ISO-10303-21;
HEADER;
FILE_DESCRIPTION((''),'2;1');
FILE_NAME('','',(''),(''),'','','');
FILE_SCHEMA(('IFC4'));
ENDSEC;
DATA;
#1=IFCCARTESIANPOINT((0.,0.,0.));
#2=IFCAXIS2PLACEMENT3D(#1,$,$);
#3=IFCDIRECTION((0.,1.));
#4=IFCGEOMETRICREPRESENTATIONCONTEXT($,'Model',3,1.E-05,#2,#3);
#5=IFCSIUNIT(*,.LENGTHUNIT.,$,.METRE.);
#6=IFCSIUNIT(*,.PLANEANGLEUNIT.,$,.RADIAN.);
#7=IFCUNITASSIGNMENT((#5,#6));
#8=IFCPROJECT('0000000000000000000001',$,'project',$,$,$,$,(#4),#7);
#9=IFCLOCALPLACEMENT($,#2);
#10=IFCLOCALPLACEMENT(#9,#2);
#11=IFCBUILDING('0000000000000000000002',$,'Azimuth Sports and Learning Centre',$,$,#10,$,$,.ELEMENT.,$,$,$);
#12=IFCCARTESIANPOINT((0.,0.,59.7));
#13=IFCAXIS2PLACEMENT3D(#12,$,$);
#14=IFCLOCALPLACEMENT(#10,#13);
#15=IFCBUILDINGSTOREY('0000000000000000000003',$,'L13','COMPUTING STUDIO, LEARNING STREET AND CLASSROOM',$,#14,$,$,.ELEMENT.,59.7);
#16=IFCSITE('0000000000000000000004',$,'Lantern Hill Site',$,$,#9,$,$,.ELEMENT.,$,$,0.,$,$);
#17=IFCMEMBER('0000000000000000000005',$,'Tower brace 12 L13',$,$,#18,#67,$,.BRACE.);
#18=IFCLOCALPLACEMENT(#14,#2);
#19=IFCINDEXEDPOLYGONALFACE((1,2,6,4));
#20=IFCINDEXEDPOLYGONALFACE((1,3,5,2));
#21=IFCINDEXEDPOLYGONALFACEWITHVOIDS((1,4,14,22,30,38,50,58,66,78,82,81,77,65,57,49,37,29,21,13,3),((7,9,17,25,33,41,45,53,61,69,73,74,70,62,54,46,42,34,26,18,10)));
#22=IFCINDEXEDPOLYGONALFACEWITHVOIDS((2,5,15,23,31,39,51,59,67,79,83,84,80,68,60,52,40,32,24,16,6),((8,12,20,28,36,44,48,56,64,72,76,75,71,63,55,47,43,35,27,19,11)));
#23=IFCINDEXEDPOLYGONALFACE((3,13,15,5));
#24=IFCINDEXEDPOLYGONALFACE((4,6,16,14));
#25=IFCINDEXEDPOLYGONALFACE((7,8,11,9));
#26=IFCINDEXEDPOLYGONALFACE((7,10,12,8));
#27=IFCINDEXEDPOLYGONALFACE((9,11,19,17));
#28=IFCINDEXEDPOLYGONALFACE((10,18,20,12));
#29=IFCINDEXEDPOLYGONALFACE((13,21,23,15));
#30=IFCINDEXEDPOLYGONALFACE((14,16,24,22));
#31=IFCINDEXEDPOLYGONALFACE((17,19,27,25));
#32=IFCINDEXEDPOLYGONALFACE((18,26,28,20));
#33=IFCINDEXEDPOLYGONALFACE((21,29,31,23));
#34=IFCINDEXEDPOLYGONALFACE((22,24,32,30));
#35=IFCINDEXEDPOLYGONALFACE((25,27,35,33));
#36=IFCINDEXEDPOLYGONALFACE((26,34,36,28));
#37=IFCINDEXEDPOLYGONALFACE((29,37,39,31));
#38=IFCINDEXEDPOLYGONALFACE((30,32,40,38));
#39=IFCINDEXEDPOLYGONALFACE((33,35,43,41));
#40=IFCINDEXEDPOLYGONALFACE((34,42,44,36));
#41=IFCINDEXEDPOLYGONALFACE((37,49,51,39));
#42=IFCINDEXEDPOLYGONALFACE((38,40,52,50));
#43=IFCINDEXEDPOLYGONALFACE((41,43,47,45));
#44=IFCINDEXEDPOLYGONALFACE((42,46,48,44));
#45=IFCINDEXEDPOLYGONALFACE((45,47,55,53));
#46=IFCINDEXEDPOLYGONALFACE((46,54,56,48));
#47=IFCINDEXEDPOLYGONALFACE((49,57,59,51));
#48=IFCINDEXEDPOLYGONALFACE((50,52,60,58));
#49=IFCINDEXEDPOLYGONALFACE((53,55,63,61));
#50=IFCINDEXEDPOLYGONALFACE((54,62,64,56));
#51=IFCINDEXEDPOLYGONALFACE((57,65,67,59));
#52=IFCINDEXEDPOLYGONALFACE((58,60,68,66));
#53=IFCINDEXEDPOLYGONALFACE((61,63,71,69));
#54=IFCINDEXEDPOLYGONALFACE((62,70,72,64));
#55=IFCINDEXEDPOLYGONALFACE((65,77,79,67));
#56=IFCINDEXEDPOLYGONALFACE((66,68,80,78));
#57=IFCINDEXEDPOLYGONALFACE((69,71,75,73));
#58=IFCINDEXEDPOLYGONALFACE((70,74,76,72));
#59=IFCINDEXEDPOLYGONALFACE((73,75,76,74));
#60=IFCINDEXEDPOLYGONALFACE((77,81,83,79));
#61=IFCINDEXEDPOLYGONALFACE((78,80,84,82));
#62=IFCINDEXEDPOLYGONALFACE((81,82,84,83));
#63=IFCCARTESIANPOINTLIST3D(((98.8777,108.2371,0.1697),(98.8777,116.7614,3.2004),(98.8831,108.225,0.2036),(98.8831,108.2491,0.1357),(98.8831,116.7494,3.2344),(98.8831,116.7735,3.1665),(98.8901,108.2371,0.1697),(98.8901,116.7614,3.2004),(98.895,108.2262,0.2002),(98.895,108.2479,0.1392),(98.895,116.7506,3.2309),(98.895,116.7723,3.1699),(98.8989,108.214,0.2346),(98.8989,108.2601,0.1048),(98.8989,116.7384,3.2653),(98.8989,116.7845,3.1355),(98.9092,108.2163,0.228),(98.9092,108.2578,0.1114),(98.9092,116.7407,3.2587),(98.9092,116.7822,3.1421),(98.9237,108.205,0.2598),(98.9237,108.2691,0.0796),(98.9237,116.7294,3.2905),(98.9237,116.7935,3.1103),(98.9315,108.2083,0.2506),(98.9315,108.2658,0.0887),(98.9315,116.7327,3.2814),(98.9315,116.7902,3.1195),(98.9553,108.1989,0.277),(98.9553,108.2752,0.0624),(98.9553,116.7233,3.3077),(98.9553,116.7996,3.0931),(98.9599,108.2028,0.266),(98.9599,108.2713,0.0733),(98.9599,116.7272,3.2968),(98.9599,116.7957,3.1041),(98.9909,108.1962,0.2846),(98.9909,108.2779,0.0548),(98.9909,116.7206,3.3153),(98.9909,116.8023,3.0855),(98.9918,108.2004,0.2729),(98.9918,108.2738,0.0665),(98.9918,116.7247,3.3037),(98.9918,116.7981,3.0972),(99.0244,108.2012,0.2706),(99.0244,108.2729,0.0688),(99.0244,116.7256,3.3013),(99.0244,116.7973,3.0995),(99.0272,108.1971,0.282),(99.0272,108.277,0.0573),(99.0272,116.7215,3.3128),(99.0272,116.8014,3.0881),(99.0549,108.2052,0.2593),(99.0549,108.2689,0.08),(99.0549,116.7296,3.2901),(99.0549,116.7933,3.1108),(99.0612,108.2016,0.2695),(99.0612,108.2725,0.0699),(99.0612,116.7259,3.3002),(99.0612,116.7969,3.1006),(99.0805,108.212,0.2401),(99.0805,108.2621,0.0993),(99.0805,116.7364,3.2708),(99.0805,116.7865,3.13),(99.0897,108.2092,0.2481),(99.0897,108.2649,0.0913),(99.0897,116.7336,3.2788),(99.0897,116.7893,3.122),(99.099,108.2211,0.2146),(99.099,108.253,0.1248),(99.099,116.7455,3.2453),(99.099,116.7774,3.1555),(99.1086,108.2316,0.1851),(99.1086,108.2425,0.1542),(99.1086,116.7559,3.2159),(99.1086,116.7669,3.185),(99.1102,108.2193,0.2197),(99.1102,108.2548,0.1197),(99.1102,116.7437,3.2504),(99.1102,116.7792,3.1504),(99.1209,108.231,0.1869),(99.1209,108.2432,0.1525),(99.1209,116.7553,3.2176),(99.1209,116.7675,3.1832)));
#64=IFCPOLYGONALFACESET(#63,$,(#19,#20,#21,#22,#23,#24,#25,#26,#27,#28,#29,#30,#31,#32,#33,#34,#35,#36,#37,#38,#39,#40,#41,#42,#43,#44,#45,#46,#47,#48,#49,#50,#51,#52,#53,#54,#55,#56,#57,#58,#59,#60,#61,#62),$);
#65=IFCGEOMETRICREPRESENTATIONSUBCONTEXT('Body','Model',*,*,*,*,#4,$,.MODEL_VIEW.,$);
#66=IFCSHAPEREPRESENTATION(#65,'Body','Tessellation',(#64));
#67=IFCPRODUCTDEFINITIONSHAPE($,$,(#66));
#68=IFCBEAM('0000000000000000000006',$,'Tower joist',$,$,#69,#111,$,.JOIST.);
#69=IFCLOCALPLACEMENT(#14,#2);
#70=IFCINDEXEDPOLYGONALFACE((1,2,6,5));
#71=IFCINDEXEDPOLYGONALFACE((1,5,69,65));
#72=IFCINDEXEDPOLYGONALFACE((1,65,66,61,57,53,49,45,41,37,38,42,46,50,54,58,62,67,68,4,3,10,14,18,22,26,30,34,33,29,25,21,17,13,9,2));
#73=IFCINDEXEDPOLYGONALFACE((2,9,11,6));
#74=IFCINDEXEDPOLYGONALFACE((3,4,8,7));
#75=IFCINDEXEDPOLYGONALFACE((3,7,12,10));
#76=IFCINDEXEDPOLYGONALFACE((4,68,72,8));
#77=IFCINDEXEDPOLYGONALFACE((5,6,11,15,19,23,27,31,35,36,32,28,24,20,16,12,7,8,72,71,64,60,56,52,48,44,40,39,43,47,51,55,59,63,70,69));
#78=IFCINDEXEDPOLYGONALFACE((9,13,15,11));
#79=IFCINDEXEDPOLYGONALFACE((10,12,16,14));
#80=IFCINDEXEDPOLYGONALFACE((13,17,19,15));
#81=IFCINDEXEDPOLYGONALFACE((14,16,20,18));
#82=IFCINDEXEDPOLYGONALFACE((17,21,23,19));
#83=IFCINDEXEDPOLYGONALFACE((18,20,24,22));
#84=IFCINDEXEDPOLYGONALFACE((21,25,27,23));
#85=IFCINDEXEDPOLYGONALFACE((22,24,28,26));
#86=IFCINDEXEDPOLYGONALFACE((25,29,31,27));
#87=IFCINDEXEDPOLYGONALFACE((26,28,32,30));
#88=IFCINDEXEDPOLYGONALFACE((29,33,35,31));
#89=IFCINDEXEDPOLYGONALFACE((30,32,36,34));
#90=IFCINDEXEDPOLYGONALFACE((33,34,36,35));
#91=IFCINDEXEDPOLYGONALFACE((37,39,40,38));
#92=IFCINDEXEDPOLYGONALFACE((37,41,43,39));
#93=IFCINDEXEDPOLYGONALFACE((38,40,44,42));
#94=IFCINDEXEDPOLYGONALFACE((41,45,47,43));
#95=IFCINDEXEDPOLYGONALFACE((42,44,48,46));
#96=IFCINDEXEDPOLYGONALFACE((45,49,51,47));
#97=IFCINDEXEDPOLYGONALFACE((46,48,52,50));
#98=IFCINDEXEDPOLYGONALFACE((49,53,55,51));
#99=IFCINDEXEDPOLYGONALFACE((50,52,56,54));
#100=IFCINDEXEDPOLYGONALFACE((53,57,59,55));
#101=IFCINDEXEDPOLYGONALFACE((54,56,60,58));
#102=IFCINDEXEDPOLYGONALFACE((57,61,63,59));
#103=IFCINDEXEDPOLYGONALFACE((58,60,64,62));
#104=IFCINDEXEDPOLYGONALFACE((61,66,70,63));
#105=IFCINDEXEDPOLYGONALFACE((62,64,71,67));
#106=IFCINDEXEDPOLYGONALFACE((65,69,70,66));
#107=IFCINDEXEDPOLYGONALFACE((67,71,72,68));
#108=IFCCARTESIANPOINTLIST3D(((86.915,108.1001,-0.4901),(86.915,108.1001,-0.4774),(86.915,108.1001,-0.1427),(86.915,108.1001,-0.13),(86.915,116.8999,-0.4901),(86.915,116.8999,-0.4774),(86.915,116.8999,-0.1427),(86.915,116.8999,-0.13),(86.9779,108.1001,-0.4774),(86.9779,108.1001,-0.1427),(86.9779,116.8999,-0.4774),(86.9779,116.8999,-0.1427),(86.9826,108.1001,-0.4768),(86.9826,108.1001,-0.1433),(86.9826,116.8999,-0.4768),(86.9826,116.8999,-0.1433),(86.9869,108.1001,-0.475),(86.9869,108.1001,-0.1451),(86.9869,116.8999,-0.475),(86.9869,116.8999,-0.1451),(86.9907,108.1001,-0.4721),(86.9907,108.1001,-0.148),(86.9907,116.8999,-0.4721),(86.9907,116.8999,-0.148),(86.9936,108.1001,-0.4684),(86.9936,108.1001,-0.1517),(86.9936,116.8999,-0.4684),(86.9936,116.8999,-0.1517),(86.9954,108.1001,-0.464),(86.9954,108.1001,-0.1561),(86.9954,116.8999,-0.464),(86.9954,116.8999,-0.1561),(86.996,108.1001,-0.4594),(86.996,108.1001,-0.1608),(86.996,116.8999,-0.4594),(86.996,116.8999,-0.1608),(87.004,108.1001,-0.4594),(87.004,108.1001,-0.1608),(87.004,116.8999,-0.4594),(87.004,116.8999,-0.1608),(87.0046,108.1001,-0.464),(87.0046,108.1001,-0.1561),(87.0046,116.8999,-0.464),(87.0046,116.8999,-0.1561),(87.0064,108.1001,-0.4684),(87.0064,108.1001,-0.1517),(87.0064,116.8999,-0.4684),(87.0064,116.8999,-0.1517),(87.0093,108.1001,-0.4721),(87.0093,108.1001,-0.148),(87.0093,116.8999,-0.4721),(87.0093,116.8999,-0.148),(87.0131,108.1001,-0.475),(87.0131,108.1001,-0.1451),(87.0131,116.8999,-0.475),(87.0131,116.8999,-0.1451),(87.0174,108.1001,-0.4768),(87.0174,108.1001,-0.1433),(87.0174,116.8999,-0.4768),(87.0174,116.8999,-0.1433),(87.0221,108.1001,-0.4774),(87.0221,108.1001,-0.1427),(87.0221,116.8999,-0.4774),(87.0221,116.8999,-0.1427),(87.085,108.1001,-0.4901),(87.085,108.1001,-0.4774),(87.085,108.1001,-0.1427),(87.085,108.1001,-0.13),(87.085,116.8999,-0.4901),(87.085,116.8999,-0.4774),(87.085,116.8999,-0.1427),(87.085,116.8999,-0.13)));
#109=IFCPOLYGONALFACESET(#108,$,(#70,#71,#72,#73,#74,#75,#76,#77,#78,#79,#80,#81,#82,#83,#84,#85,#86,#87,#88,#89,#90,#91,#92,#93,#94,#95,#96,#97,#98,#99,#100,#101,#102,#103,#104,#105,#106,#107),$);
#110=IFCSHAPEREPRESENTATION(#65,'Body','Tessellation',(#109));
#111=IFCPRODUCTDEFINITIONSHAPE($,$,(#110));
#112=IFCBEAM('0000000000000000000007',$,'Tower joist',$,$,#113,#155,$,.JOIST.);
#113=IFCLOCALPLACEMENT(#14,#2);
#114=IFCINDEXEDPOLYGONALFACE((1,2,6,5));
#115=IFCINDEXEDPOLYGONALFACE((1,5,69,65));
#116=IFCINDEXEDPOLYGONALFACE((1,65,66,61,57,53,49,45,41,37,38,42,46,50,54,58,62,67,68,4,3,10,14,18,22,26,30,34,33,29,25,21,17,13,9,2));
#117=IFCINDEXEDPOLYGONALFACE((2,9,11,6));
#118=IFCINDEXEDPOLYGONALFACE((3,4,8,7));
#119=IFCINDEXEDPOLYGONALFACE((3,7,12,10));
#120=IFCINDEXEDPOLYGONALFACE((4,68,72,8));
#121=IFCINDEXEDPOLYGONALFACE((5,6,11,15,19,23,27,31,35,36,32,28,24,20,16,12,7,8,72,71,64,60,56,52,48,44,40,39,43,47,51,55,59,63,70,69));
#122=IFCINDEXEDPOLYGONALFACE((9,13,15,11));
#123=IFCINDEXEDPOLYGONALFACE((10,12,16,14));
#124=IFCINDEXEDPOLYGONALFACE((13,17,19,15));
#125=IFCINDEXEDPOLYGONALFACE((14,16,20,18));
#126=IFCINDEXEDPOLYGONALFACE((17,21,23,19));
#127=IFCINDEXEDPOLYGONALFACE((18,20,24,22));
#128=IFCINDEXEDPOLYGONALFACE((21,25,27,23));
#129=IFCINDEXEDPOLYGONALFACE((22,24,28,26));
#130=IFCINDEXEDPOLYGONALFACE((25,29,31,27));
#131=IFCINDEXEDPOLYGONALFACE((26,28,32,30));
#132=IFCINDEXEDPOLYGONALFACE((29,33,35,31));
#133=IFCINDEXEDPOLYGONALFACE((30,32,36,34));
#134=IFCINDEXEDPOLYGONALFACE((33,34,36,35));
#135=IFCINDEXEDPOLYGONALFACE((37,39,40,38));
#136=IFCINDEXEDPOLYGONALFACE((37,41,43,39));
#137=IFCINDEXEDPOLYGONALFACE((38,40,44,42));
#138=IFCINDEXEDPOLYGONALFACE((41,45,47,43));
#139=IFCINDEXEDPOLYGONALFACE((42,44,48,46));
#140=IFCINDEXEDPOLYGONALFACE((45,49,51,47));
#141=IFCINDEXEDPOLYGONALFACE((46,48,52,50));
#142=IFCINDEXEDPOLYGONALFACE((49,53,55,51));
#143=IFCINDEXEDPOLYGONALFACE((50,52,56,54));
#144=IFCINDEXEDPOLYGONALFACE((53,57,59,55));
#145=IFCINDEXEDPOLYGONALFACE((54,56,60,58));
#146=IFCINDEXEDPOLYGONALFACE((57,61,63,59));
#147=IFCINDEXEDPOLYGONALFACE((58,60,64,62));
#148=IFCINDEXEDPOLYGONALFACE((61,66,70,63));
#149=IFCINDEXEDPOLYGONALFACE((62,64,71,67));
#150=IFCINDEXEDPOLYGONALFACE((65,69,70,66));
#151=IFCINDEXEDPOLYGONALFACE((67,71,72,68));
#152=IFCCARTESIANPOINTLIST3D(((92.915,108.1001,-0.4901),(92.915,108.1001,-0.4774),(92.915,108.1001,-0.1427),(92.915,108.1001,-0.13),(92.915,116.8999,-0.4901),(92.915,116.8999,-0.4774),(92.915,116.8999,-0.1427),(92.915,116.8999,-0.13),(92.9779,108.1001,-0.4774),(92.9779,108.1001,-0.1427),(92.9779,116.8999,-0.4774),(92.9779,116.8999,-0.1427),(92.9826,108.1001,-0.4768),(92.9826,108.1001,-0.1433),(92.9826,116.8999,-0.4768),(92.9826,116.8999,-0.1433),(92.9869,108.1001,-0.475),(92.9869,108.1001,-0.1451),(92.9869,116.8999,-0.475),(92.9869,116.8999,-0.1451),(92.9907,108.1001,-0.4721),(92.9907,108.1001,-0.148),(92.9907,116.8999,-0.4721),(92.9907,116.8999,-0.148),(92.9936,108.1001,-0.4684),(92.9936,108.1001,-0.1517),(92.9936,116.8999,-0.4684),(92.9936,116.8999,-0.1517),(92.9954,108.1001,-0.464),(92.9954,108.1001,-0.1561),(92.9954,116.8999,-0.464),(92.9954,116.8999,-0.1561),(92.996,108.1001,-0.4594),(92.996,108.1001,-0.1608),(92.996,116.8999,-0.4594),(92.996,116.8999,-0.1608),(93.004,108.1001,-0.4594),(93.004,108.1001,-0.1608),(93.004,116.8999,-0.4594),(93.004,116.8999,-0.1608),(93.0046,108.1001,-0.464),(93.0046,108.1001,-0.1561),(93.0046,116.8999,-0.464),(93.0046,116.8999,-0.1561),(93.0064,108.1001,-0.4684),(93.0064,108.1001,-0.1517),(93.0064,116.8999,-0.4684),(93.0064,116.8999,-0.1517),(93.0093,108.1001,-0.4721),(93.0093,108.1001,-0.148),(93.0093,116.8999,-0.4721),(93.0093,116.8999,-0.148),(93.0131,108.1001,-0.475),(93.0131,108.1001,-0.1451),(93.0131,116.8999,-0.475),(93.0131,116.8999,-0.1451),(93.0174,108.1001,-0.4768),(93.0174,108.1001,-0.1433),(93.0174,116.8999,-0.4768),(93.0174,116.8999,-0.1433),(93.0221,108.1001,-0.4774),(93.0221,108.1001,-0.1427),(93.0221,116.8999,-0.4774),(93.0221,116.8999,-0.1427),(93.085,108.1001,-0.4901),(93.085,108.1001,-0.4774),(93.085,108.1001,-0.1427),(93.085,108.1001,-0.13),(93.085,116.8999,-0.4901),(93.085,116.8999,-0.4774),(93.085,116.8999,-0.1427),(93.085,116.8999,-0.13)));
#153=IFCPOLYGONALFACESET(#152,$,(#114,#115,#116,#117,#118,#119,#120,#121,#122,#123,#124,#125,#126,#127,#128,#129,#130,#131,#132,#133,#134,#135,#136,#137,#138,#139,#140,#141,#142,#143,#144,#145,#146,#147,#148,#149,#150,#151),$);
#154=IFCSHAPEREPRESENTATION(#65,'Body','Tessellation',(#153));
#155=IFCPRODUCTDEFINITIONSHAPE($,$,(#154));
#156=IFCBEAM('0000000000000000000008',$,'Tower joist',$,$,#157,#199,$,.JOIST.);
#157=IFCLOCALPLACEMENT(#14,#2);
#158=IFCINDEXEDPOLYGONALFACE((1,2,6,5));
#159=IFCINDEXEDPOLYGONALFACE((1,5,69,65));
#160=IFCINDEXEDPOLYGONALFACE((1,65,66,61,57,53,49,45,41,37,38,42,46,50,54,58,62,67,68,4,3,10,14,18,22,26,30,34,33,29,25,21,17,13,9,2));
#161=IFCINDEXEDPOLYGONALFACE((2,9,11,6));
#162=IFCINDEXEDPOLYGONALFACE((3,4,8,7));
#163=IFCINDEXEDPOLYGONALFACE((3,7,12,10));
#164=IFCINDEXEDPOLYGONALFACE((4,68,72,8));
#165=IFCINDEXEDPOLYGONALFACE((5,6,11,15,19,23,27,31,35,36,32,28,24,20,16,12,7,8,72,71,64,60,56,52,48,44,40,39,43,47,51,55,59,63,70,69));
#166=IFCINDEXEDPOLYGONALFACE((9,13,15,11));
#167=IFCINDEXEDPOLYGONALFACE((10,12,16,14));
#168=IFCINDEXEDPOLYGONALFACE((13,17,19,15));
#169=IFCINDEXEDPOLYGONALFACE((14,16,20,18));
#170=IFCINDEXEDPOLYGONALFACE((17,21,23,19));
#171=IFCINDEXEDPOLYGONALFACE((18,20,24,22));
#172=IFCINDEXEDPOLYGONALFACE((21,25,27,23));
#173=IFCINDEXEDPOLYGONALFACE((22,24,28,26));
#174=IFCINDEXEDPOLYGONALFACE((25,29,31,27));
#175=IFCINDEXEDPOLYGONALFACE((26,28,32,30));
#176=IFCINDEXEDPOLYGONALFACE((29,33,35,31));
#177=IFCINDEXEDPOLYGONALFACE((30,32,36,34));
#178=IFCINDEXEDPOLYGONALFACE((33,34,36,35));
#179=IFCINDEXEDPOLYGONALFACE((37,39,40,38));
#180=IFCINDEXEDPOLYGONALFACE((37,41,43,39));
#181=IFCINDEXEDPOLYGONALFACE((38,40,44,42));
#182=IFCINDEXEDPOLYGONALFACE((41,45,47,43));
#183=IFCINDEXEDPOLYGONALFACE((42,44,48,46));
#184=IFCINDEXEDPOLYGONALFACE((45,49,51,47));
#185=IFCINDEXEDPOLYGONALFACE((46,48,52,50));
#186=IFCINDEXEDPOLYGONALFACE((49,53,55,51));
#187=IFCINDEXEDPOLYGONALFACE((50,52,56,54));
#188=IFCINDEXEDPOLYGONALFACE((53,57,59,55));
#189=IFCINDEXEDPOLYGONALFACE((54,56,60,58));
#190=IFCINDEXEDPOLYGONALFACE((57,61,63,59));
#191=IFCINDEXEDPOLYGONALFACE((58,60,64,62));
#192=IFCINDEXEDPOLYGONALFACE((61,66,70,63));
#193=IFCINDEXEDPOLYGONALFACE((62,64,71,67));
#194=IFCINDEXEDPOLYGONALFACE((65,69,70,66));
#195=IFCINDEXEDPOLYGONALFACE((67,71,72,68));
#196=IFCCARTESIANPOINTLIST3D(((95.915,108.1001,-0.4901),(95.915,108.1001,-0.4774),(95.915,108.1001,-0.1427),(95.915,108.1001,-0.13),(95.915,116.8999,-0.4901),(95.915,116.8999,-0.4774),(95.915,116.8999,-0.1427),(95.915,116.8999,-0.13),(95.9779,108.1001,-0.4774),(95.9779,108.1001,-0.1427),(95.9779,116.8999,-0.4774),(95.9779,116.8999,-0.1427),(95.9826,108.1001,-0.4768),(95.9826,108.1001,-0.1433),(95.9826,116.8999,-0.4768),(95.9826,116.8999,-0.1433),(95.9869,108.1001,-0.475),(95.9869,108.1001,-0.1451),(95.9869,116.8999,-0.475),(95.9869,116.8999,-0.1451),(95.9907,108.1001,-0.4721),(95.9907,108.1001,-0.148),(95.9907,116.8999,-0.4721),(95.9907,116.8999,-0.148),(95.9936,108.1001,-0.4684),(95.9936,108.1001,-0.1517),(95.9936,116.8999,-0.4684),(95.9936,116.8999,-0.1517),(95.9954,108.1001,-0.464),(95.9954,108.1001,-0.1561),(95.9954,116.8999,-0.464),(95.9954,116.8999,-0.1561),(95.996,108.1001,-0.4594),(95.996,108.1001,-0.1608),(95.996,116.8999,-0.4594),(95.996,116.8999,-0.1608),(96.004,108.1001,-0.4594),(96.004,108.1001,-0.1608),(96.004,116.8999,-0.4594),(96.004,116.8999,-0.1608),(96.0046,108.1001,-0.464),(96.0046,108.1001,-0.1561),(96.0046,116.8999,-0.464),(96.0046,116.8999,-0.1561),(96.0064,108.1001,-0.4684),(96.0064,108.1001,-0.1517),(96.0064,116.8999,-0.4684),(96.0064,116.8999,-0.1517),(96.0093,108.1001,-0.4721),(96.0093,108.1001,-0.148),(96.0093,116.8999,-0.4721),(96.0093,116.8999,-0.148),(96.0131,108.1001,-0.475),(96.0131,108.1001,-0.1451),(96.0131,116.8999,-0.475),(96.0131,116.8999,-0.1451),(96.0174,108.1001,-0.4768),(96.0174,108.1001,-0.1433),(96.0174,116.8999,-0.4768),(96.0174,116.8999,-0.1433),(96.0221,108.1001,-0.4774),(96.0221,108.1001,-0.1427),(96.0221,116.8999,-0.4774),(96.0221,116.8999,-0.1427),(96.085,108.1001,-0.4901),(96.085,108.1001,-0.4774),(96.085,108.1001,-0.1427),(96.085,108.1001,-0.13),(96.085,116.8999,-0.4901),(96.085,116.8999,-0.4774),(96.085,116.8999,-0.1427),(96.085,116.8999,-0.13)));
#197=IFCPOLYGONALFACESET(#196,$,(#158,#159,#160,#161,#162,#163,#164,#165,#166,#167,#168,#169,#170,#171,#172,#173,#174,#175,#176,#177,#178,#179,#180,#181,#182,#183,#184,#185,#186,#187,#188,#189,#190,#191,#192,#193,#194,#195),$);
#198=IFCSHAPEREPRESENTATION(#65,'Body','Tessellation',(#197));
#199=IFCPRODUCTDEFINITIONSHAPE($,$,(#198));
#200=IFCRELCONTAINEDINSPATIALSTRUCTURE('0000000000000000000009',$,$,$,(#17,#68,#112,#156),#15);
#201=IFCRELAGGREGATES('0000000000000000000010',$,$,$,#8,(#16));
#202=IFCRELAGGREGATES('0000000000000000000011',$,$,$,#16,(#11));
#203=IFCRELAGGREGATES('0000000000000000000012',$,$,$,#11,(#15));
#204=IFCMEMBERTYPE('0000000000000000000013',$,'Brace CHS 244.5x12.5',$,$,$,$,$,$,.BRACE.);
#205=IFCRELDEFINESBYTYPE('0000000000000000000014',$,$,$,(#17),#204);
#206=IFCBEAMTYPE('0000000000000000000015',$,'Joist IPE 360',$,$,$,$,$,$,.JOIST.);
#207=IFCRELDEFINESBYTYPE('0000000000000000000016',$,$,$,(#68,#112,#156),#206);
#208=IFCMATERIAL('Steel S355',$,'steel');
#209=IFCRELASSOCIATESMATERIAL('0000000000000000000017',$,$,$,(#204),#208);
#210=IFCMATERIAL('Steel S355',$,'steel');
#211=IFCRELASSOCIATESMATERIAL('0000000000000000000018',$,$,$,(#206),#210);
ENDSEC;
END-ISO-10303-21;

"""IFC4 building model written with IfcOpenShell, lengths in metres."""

from ifc_helpers import new_model, si_unit, direction, frame, origin, origin_2d, place, context, subcontext, project, spatial, hollow_circle, i_section, extrude, material, material_profile, profile_set, type_object, element, save


model = new_model("IFC4")

# Units and contexts
model_context = context("Model", 3, precision=1e-05, world=origin(), true_north=direction((0.0, 1.0)))
body_context = subcontext(model_context, "Body", "Model", "MODEL_VIEW")
ifc_project = project(units=[si_unit("LENGTHUNIT", "METRE"), si_unit("PLANEANGLEUNIT", "RADIAN")], contexts=[model_context])

# Site, building, storey
site_placement = place(None, origin())
site = spatial("IfcSite", under=ifc_project, at=site_placement, Name="Lantern Hill Site", CompositionType="ELEMENT", RefElevation=0.0)
building_placement = place(site_placement, origin())
building = spatial("IfcBuilding", under=site, at=building_placement, Name="Azimuth Sports and Learning Centre", CompositionType="ELEMENT")
storey_placement = place(building_placement, frame((0.0, 0.0, 59.7)))
storey = spatial("IfcBuildingStorey", under=building, at=storey_placement, Name="L13", Description="COMPUTING STUDIO, LEARNING STREET AND CLASSROOM", CompositionType="ELEMENT", Elevation=59.7)

# Member
ifc_material_1 = material(Name="Steel S355", Category="steel")
ifc_material_profile_1 = material_profile(ifc_material_1, hollow_circle(Radius=0.1223, WallThickness=0.0125, at=origin_2d()), Name="CHS 244.5x12.5")
ifc_profile_set_1 = profile_set([ifc_material_profile_1], Name="Steel S355")
member_type = type_object("IfcMemberType", Name="Brace CHS 244.5x12.5", PredefinedType="BRACE", material=ifc_profile_set_1)
member_placement = place(storey_placement, frame((99.0, 108.2371, 0.1697), z_axis=(0.0, 0.94222, 0.334996), x_axis=(-1.0, 0.0, 0.0)))
element("IfcMember", 1, at=member_placement, inside=storey, type_object=member_type, Name="Tower brace 12 L13", PredefinedType="BRACE", context=body_context, shape_type="SweptSolid", body=[
    extrude(hollow_circle(Radius=0.1223, WallThickness=0.0125, at=origin_2d()), origin(), (0.0, 0.0, 1.0), 9.0471),
])

# Beams
ifc_material_2 = material(Name="Steel S355", Category="steel")
ifc_material_profile_2 = material_profile(ifc_material_2, i_section(OverallWidth=0.1699, OverallDepth=0.3601, WebThickness=0.0081, FlangeThickness=0.0127, FilletRadius=0.0181, at=origin_2d()), Name="IPE 360")
ifc_profile_set_2 = profile_set([ifc_material_profile_2], Name="Steel S355")
beam_type_1 = type_object("IfcBeamType", Name="Joist IPE 360", PredefinedType="JOIST", material=ifc_profile_set_2)
for number, where, z_axis, x_axis, name in (
    (2, (87.0, 108.1001, -0.3101), (0.0, 1.0, 0.0), (-1.0, 0.0, 0.0), "Tower joist"),
    (3, (93.0, 108.1001, -0.3101), (0.0, 1.0, 0.0), (-1.0, 0.0, 0.0), "Tower joist"),
    (4, (96.0, 108.1001, -0.3101), (0.0, 1.0, 0.0), (-1.0, 0.0, 0.0), "Tower joist"),
):
    element("IfcBeam", number, at=place(storey_placement, frame(where, z_axis=z_axis, x_axis=x_axis)), inside=storey, type_object=beam_type_1, Name=name, PredefinedType="JOIST", context=body_context, shape_type="SweptSolid", body=[
        extrude(i_section(OverallWidth=0.1699, OverallDepth=0.3601, WebThickness=0.0081, FlangeThickness=0.0127, FilletRadius=0.0181, at=origin_2d()), origin(), (0.0, 0.0, 1.0), 8.7998),
    ])

save(model, "model.ifc")
